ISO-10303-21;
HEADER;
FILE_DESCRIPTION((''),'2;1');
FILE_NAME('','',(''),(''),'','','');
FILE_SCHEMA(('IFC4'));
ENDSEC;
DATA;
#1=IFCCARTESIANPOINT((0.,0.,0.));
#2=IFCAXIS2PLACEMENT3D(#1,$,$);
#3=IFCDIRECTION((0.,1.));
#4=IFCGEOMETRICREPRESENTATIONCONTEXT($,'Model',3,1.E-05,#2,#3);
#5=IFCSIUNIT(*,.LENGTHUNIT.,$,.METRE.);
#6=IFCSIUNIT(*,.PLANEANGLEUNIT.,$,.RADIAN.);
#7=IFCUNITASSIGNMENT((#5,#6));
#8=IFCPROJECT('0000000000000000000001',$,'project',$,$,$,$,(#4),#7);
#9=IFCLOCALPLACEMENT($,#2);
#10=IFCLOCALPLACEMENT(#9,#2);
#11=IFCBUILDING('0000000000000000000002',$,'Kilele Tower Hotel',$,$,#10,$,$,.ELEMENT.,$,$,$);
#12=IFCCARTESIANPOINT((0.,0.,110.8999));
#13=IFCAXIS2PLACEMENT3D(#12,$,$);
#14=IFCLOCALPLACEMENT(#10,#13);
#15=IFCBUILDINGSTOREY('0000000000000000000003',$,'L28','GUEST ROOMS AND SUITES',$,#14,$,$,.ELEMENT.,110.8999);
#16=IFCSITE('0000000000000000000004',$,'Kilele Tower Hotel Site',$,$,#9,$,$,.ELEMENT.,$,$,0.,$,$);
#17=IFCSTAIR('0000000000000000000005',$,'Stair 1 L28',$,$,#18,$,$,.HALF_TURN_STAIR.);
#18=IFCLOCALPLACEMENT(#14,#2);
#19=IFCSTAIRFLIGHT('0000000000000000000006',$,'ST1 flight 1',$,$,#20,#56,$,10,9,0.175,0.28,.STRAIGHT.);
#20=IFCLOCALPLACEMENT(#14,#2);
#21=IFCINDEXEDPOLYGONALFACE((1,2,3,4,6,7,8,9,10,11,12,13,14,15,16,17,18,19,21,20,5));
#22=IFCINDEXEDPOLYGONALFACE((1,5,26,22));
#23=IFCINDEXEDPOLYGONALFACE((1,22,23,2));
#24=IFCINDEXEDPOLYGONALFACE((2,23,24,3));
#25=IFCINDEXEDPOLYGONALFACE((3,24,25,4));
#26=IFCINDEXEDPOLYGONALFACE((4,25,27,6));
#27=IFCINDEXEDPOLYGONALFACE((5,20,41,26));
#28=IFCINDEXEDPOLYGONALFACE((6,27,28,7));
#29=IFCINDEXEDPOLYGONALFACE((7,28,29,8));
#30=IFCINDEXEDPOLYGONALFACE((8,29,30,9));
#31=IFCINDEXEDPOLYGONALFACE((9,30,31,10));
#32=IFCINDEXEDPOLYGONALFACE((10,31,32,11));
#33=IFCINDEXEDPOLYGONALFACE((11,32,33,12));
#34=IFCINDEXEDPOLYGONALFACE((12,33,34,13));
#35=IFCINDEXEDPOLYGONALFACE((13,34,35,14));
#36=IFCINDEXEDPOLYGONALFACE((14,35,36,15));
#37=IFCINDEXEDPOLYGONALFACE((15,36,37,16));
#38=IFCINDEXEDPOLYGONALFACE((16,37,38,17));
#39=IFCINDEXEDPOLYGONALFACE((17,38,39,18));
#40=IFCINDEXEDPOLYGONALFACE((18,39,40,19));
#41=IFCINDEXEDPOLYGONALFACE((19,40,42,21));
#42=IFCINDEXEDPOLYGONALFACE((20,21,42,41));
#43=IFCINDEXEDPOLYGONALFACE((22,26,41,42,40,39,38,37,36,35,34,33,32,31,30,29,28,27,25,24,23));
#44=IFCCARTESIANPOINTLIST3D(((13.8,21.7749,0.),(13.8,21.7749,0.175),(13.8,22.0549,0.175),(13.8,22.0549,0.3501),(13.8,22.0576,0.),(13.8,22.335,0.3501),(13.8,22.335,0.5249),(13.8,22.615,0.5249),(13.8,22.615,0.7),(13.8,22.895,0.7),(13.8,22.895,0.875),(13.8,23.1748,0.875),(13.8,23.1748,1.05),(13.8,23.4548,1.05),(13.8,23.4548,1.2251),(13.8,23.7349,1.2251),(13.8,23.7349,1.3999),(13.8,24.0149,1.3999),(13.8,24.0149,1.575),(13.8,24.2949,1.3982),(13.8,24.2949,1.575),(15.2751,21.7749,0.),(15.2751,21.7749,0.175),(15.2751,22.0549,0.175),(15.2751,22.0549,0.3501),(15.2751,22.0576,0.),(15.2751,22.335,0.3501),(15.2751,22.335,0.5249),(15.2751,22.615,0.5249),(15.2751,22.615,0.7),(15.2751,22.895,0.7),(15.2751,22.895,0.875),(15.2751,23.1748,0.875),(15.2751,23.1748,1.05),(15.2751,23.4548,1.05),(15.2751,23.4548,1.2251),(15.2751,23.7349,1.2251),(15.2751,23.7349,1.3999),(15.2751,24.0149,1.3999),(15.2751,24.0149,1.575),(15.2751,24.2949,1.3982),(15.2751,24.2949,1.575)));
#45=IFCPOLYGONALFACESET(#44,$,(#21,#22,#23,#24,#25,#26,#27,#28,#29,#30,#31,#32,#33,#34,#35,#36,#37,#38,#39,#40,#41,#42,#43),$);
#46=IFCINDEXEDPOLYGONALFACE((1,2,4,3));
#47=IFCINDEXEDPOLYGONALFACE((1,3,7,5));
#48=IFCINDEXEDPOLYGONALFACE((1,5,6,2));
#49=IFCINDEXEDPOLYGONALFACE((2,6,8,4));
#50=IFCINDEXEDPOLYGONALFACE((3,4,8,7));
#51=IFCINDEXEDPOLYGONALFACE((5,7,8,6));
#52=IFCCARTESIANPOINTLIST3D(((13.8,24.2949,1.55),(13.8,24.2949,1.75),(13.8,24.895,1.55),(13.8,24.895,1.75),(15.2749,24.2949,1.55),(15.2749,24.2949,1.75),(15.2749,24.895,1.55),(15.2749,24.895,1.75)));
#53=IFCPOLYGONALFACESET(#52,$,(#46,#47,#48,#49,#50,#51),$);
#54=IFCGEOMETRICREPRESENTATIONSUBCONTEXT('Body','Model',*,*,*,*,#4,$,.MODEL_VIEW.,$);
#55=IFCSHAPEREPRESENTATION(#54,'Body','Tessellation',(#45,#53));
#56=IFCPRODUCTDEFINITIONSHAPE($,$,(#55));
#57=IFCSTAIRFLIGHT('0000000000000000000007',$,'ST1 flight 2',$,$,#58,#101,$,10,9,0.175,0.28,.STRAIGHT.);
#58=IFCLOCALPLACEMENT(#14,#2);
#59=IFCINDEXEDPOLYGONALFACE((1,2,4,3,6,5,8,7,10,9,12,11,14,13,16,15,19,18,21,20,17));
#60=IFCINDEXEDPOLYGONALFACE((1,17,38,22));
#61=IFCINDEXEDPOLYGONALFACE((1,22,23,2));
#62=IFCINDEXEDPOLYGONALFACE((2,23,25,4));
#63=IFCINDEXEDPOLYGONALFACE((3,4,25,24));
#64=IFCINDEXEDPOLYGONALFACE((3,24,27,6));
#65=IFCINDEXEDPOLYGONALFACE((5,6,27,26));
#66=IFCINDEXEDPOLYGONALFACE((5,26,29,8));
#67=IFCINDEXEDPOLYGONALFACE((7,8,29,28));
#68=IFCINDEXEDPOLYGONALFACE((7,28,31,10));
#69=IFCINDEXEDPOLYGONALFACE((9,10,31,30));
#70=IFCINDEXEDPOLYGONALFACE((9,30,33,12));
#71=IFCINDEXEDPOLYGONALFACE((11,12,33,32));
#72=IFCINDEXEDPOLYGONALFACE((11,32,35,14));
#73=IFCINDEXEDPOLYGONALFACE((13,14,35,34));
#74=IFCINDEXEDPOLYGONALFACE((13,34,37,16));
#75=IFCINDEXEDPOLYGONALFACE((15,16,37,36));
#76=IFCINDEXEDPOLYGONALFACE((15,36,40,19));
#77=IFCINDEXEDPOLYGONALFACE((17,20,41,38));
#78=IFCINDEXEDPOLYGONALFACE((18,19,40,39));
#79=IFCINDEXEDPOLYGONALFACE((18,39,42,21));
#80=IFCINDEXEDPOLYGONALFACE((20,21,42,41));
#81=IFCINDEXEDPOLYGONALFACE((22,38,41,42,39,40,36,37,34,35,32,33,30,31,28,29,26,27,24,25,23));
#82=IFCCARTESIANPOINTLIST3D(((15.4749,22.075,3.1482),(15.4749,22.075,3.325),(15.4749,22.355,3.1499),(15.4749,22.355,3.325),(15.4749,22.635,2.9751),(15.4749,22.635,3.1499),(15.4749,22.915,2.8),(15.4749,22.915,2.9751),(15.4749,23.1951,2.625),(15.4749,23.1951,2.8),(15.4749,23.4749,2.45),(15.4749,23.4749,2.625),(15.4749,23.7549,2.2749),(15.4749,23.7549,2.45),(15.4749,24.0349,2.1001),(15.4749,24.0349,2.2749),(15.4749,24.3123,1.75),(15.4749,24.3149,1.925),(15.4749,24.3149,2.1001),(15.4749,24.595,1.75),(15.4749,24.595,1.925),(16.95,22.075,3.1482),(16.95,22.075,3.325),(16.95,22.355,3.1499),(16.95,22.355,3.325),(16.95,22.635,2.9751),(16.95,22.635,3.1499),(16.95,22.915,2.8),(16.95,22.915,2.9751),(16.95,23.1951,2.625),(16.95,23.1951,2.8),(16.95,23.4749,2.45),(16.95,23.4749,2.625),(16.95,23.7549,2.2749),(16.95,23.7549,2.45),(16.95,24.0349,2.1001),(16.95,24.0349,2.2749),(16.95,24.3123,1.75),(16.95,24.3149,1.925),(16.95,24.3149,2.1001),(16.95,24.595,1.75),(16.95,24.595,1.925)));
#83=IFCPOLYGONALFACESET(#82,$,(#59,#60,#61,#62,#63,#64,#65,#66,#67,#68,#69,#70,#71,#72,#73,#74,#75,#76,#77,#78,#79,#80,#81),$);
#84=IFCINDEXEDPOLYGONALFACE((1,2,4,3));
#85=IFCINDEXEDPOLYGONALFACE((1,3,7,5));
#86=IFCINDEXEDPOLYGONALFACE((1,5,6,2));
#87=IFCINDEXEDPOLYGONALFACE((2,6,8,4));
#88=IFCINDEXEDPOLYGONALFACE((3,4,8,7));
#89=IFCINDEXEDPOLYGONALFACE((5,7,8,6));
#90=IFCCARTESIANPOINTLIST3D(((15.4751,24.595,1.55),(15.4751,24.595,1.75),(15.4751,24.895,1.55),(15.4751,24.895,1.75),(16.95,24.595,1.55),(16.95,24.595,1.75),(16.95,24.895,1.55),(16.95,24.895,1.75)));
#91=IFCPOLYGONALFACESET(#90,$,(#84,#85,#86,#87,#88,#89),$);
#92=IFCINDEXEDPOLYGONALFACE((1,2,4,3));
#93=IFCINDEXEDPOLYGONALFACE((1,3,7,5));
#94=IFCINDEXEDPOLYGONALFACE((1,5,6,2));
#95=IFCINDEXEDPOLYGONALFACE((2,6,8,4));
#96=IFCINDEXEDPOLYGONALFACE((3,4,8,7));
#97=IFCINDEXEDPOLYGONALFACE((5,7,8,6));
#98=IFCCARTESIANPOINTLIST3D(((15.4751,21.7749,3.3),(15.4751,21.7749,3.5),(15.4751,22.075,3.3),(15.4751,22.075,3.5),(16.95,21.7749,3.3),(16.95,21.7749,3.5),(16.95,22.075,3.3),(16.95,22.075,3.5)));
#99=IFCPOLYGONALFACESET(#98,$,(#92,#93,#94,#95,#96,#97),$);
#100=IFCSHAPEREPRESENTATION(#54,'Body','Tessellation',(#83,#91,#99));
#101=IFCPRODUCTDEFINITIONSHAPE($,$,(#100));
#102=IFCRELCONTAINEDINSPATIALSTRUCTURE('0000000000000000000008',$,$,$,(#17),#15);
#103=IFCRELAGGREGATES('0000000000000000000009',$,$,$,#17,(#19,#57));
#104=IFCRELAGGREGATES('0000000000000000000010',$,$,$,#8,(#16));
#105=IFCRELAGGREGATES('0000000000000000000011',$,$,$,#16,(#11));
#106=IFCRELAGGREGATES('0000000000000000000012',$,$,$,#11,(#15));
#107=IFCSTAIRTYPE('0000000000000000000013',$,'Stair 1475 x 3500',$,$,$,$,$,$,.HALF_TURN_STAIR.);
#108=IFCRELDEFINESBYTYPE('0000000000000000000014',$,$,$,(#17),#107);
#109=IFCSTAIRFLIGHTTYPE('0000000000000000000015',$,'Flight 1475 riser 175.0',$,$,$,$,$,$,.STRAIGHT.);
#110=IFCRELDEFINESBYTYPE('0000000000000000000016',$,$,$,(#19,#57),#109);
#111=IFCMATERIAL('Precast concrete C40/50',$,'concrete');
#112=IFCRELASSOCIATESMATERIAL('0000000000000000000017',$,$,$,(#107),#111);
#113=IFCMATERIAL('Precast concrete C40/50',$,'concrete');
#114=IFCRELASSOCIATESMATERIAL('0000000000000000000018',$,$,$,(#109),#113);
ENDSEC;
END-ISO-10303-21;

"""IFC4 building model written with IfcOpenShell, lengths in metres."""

from ifc_helpers import new_model, si_unit, direction, frame, origin, place, context, subcontext, project, spatial, polyline, outline, extrude, material, type_object, element, aggregate, save


model = new_model("IFC4")

# Units and contexts
model_context = context("Model", 3, precision=1e-05, world=origin(), true_north=direction((0.0, 1.0)))
body_context = subcontext(model_context, "Body", "Model", "MODEL_VIEW")
ifc_project = project(units=[si_unit("LENGTHUNIT", "METRE"), si_unit("PLANEANGLEUNIT", "RADIAN")], contexts=[model_context])

# Site, building, storey
site_placement = place(None, origin())
site = spatial("IfcSite", under=ifc_project, at=site_placement, Name="Kilele Tower Hotel Site", CompositionType="ELEMENT", RefElevation=0.0)
building_placement = place(site_placement, origin())
building = spatial("IfcBuilding", under=site, at=building_placement, Name="Kilele Tower Hotel", CompositionType="ELEMENT")
storey_placement = place(building_placement, frame((0.0, 0.0, 110.8999)))
storey = spatial("IfcBuildingStorey", under=building, at=storey_placement, Name="L28", Description="GUEST ROOMS AND SUITES", CompositionType="ELEMENT", Elevation=110.8999)

# Stair, stair flights
ifc_material_1 = material(Name="Precast concrete C40/50", Category="concrete")
stair_type = type_object("IfcStairType", Name="Stair 1475 x 3500", PredefinedType="HALF_TURN_STAIR", material=ifc_material_1)
stair_placement = place(storey_placement, origin())
stair = element("IfcStair", 1, at=stair_placement, inside=storey, type_object=stair_type, Name="Stair 1 L28", PredefinedType="HALF_TURN_STAIR")
ifc_material_2 = material(Name="Precast concrete C40/50", Category="concrete")
stair_flight_type = type_object("IfcStairFlightType", Name="Flight 1475 riser 175.0", PredefinedType="STRAIGHT", material=ifc_material_2)
stair_flight_1_placement = place(storey_placement, frame((14.5376, 21.7749, 0.0), z_axis=(0.0, 0.0, 1.0), x_axis=(0.0, 1.0, 0.0)))
stair_flight_1 = element("IfcStairFlight", 2, at=stair_flight_1_placement, type_object=stair_flight_type, Name="ST1 flight 1", NumberOfRisers=10, NumberOfTreads=9, PredefinedType="STRAIGHT", RiserHeight=0.175, TreadLength=0.28, context=body_context, shape_type="SweptSolid", body=[
    extrude(outline(polyline([(0.0, 0.0), (0.0, 0.175), (0.28, 0.175), (0.28, 0.3501), (0.5601, 0.3501), (0.5601, 0.5249), (0.8401, 0.5249), (0.8401, 0.7), (1.1201, 0.7), (1.1201, 0.875), (1.3999, 0.875), (1.3999, 1.05), (1.6799, 1.05), (1.6799, 1.2251), (1.96, 1.2251), (1.96, 1.3999), (2.24, 1.3999), (2.24, 1.575), (2.52, 1.575), (2.52, 1.75), (2.52, 1.3982), (0.2827, 0.0), (0.0, 0.0)])), frame((0.0, 0.7375, 0.0), z_axis=(0.0, -1.0, 0.0), x_axis=(1.0, 0.0, 0.0)), (0.0, 0.0, 1.0), 1.4751),
    extrude(outline(polyline([(2.52, 0.7375), (2.52, -0.7373), (3.1201, -0.7373), (3.1201, 0.7375), (2.52, 0.7375)])), frame((0.0, 0.0, 1.55)), (0.0, 0.0, 1.0), 0.2),
])
stair_flight_2_placement = place(storey_placement, frame((16.2124, 24.595, 1.75), z_axis=(0.0, 0.0, 1.0), x_axis=(0.0, -1.0, 0.0)))
stair_flight_2 = element("IfcStairFlight", 3, at=stair_flight_2_placement, type_object=stair_flight_type, Name="ST1 flight 2", NumberOfRisers=10, NumberOfTreads=9, PredefinedType="STRAIGHT", RiserHeight=0.175, TreadLength=0.28, context=body_context, shape_type="SweptSolid", body=[
    extrude(outline(polyline([(0.0, 0.0), (0.0, 0.175), (0.28, 0.175), (0.28, 0.3501), (0.5601, 0.3501), (0.5601, 0.5249), (0.8401, 0.5249), (0.8401, 0.7), (1.1201, 0.7), (1.1201, 0.875), (1.3999, 0.875), (1.3999, 1.05), (1.6799, 1.05), (1.6799, 1.2251), (1.96, 1.2251), (1.96, 1.3999), (2.24, 1.3999), (2.24, 1.575), (2.52, 1.575), (2.52, 1.75), (2.52, 1.3982), (0.2827, 0.0), (0.0, 0.0)])), frame((0.0, 0.7375, 0.0), z_axis=(0.0, -1.0, 0.0), x_axis=(1.0, 0.0, 0.0)), (0.0, 0.0, 1.0), 1.4751),
    extrude(outline(polyline([(0.0, -0.7373), (0.0, 0.7375), (-0.3, 0.7375), (-0.3, -0.7373), (0.0, -0.7373)])), frame((0.0, 0.0, -0.2)), (0.0, 0.0, 1.0), 0.2),
    extrude(outline(polyline([(2.8201, -0.7373), (2.8201, 0.7375), (2.52, 0.7375), (2.52, -0.7373), (2.8201, -0.7373)])), frame((0.0, 0.0, 1.55)), (0.0, 0.0, 1.0), 0.2),
])
aggregate(stair, [stair_flight_1, stair_flight_2])

save(model, "model.ifc")
